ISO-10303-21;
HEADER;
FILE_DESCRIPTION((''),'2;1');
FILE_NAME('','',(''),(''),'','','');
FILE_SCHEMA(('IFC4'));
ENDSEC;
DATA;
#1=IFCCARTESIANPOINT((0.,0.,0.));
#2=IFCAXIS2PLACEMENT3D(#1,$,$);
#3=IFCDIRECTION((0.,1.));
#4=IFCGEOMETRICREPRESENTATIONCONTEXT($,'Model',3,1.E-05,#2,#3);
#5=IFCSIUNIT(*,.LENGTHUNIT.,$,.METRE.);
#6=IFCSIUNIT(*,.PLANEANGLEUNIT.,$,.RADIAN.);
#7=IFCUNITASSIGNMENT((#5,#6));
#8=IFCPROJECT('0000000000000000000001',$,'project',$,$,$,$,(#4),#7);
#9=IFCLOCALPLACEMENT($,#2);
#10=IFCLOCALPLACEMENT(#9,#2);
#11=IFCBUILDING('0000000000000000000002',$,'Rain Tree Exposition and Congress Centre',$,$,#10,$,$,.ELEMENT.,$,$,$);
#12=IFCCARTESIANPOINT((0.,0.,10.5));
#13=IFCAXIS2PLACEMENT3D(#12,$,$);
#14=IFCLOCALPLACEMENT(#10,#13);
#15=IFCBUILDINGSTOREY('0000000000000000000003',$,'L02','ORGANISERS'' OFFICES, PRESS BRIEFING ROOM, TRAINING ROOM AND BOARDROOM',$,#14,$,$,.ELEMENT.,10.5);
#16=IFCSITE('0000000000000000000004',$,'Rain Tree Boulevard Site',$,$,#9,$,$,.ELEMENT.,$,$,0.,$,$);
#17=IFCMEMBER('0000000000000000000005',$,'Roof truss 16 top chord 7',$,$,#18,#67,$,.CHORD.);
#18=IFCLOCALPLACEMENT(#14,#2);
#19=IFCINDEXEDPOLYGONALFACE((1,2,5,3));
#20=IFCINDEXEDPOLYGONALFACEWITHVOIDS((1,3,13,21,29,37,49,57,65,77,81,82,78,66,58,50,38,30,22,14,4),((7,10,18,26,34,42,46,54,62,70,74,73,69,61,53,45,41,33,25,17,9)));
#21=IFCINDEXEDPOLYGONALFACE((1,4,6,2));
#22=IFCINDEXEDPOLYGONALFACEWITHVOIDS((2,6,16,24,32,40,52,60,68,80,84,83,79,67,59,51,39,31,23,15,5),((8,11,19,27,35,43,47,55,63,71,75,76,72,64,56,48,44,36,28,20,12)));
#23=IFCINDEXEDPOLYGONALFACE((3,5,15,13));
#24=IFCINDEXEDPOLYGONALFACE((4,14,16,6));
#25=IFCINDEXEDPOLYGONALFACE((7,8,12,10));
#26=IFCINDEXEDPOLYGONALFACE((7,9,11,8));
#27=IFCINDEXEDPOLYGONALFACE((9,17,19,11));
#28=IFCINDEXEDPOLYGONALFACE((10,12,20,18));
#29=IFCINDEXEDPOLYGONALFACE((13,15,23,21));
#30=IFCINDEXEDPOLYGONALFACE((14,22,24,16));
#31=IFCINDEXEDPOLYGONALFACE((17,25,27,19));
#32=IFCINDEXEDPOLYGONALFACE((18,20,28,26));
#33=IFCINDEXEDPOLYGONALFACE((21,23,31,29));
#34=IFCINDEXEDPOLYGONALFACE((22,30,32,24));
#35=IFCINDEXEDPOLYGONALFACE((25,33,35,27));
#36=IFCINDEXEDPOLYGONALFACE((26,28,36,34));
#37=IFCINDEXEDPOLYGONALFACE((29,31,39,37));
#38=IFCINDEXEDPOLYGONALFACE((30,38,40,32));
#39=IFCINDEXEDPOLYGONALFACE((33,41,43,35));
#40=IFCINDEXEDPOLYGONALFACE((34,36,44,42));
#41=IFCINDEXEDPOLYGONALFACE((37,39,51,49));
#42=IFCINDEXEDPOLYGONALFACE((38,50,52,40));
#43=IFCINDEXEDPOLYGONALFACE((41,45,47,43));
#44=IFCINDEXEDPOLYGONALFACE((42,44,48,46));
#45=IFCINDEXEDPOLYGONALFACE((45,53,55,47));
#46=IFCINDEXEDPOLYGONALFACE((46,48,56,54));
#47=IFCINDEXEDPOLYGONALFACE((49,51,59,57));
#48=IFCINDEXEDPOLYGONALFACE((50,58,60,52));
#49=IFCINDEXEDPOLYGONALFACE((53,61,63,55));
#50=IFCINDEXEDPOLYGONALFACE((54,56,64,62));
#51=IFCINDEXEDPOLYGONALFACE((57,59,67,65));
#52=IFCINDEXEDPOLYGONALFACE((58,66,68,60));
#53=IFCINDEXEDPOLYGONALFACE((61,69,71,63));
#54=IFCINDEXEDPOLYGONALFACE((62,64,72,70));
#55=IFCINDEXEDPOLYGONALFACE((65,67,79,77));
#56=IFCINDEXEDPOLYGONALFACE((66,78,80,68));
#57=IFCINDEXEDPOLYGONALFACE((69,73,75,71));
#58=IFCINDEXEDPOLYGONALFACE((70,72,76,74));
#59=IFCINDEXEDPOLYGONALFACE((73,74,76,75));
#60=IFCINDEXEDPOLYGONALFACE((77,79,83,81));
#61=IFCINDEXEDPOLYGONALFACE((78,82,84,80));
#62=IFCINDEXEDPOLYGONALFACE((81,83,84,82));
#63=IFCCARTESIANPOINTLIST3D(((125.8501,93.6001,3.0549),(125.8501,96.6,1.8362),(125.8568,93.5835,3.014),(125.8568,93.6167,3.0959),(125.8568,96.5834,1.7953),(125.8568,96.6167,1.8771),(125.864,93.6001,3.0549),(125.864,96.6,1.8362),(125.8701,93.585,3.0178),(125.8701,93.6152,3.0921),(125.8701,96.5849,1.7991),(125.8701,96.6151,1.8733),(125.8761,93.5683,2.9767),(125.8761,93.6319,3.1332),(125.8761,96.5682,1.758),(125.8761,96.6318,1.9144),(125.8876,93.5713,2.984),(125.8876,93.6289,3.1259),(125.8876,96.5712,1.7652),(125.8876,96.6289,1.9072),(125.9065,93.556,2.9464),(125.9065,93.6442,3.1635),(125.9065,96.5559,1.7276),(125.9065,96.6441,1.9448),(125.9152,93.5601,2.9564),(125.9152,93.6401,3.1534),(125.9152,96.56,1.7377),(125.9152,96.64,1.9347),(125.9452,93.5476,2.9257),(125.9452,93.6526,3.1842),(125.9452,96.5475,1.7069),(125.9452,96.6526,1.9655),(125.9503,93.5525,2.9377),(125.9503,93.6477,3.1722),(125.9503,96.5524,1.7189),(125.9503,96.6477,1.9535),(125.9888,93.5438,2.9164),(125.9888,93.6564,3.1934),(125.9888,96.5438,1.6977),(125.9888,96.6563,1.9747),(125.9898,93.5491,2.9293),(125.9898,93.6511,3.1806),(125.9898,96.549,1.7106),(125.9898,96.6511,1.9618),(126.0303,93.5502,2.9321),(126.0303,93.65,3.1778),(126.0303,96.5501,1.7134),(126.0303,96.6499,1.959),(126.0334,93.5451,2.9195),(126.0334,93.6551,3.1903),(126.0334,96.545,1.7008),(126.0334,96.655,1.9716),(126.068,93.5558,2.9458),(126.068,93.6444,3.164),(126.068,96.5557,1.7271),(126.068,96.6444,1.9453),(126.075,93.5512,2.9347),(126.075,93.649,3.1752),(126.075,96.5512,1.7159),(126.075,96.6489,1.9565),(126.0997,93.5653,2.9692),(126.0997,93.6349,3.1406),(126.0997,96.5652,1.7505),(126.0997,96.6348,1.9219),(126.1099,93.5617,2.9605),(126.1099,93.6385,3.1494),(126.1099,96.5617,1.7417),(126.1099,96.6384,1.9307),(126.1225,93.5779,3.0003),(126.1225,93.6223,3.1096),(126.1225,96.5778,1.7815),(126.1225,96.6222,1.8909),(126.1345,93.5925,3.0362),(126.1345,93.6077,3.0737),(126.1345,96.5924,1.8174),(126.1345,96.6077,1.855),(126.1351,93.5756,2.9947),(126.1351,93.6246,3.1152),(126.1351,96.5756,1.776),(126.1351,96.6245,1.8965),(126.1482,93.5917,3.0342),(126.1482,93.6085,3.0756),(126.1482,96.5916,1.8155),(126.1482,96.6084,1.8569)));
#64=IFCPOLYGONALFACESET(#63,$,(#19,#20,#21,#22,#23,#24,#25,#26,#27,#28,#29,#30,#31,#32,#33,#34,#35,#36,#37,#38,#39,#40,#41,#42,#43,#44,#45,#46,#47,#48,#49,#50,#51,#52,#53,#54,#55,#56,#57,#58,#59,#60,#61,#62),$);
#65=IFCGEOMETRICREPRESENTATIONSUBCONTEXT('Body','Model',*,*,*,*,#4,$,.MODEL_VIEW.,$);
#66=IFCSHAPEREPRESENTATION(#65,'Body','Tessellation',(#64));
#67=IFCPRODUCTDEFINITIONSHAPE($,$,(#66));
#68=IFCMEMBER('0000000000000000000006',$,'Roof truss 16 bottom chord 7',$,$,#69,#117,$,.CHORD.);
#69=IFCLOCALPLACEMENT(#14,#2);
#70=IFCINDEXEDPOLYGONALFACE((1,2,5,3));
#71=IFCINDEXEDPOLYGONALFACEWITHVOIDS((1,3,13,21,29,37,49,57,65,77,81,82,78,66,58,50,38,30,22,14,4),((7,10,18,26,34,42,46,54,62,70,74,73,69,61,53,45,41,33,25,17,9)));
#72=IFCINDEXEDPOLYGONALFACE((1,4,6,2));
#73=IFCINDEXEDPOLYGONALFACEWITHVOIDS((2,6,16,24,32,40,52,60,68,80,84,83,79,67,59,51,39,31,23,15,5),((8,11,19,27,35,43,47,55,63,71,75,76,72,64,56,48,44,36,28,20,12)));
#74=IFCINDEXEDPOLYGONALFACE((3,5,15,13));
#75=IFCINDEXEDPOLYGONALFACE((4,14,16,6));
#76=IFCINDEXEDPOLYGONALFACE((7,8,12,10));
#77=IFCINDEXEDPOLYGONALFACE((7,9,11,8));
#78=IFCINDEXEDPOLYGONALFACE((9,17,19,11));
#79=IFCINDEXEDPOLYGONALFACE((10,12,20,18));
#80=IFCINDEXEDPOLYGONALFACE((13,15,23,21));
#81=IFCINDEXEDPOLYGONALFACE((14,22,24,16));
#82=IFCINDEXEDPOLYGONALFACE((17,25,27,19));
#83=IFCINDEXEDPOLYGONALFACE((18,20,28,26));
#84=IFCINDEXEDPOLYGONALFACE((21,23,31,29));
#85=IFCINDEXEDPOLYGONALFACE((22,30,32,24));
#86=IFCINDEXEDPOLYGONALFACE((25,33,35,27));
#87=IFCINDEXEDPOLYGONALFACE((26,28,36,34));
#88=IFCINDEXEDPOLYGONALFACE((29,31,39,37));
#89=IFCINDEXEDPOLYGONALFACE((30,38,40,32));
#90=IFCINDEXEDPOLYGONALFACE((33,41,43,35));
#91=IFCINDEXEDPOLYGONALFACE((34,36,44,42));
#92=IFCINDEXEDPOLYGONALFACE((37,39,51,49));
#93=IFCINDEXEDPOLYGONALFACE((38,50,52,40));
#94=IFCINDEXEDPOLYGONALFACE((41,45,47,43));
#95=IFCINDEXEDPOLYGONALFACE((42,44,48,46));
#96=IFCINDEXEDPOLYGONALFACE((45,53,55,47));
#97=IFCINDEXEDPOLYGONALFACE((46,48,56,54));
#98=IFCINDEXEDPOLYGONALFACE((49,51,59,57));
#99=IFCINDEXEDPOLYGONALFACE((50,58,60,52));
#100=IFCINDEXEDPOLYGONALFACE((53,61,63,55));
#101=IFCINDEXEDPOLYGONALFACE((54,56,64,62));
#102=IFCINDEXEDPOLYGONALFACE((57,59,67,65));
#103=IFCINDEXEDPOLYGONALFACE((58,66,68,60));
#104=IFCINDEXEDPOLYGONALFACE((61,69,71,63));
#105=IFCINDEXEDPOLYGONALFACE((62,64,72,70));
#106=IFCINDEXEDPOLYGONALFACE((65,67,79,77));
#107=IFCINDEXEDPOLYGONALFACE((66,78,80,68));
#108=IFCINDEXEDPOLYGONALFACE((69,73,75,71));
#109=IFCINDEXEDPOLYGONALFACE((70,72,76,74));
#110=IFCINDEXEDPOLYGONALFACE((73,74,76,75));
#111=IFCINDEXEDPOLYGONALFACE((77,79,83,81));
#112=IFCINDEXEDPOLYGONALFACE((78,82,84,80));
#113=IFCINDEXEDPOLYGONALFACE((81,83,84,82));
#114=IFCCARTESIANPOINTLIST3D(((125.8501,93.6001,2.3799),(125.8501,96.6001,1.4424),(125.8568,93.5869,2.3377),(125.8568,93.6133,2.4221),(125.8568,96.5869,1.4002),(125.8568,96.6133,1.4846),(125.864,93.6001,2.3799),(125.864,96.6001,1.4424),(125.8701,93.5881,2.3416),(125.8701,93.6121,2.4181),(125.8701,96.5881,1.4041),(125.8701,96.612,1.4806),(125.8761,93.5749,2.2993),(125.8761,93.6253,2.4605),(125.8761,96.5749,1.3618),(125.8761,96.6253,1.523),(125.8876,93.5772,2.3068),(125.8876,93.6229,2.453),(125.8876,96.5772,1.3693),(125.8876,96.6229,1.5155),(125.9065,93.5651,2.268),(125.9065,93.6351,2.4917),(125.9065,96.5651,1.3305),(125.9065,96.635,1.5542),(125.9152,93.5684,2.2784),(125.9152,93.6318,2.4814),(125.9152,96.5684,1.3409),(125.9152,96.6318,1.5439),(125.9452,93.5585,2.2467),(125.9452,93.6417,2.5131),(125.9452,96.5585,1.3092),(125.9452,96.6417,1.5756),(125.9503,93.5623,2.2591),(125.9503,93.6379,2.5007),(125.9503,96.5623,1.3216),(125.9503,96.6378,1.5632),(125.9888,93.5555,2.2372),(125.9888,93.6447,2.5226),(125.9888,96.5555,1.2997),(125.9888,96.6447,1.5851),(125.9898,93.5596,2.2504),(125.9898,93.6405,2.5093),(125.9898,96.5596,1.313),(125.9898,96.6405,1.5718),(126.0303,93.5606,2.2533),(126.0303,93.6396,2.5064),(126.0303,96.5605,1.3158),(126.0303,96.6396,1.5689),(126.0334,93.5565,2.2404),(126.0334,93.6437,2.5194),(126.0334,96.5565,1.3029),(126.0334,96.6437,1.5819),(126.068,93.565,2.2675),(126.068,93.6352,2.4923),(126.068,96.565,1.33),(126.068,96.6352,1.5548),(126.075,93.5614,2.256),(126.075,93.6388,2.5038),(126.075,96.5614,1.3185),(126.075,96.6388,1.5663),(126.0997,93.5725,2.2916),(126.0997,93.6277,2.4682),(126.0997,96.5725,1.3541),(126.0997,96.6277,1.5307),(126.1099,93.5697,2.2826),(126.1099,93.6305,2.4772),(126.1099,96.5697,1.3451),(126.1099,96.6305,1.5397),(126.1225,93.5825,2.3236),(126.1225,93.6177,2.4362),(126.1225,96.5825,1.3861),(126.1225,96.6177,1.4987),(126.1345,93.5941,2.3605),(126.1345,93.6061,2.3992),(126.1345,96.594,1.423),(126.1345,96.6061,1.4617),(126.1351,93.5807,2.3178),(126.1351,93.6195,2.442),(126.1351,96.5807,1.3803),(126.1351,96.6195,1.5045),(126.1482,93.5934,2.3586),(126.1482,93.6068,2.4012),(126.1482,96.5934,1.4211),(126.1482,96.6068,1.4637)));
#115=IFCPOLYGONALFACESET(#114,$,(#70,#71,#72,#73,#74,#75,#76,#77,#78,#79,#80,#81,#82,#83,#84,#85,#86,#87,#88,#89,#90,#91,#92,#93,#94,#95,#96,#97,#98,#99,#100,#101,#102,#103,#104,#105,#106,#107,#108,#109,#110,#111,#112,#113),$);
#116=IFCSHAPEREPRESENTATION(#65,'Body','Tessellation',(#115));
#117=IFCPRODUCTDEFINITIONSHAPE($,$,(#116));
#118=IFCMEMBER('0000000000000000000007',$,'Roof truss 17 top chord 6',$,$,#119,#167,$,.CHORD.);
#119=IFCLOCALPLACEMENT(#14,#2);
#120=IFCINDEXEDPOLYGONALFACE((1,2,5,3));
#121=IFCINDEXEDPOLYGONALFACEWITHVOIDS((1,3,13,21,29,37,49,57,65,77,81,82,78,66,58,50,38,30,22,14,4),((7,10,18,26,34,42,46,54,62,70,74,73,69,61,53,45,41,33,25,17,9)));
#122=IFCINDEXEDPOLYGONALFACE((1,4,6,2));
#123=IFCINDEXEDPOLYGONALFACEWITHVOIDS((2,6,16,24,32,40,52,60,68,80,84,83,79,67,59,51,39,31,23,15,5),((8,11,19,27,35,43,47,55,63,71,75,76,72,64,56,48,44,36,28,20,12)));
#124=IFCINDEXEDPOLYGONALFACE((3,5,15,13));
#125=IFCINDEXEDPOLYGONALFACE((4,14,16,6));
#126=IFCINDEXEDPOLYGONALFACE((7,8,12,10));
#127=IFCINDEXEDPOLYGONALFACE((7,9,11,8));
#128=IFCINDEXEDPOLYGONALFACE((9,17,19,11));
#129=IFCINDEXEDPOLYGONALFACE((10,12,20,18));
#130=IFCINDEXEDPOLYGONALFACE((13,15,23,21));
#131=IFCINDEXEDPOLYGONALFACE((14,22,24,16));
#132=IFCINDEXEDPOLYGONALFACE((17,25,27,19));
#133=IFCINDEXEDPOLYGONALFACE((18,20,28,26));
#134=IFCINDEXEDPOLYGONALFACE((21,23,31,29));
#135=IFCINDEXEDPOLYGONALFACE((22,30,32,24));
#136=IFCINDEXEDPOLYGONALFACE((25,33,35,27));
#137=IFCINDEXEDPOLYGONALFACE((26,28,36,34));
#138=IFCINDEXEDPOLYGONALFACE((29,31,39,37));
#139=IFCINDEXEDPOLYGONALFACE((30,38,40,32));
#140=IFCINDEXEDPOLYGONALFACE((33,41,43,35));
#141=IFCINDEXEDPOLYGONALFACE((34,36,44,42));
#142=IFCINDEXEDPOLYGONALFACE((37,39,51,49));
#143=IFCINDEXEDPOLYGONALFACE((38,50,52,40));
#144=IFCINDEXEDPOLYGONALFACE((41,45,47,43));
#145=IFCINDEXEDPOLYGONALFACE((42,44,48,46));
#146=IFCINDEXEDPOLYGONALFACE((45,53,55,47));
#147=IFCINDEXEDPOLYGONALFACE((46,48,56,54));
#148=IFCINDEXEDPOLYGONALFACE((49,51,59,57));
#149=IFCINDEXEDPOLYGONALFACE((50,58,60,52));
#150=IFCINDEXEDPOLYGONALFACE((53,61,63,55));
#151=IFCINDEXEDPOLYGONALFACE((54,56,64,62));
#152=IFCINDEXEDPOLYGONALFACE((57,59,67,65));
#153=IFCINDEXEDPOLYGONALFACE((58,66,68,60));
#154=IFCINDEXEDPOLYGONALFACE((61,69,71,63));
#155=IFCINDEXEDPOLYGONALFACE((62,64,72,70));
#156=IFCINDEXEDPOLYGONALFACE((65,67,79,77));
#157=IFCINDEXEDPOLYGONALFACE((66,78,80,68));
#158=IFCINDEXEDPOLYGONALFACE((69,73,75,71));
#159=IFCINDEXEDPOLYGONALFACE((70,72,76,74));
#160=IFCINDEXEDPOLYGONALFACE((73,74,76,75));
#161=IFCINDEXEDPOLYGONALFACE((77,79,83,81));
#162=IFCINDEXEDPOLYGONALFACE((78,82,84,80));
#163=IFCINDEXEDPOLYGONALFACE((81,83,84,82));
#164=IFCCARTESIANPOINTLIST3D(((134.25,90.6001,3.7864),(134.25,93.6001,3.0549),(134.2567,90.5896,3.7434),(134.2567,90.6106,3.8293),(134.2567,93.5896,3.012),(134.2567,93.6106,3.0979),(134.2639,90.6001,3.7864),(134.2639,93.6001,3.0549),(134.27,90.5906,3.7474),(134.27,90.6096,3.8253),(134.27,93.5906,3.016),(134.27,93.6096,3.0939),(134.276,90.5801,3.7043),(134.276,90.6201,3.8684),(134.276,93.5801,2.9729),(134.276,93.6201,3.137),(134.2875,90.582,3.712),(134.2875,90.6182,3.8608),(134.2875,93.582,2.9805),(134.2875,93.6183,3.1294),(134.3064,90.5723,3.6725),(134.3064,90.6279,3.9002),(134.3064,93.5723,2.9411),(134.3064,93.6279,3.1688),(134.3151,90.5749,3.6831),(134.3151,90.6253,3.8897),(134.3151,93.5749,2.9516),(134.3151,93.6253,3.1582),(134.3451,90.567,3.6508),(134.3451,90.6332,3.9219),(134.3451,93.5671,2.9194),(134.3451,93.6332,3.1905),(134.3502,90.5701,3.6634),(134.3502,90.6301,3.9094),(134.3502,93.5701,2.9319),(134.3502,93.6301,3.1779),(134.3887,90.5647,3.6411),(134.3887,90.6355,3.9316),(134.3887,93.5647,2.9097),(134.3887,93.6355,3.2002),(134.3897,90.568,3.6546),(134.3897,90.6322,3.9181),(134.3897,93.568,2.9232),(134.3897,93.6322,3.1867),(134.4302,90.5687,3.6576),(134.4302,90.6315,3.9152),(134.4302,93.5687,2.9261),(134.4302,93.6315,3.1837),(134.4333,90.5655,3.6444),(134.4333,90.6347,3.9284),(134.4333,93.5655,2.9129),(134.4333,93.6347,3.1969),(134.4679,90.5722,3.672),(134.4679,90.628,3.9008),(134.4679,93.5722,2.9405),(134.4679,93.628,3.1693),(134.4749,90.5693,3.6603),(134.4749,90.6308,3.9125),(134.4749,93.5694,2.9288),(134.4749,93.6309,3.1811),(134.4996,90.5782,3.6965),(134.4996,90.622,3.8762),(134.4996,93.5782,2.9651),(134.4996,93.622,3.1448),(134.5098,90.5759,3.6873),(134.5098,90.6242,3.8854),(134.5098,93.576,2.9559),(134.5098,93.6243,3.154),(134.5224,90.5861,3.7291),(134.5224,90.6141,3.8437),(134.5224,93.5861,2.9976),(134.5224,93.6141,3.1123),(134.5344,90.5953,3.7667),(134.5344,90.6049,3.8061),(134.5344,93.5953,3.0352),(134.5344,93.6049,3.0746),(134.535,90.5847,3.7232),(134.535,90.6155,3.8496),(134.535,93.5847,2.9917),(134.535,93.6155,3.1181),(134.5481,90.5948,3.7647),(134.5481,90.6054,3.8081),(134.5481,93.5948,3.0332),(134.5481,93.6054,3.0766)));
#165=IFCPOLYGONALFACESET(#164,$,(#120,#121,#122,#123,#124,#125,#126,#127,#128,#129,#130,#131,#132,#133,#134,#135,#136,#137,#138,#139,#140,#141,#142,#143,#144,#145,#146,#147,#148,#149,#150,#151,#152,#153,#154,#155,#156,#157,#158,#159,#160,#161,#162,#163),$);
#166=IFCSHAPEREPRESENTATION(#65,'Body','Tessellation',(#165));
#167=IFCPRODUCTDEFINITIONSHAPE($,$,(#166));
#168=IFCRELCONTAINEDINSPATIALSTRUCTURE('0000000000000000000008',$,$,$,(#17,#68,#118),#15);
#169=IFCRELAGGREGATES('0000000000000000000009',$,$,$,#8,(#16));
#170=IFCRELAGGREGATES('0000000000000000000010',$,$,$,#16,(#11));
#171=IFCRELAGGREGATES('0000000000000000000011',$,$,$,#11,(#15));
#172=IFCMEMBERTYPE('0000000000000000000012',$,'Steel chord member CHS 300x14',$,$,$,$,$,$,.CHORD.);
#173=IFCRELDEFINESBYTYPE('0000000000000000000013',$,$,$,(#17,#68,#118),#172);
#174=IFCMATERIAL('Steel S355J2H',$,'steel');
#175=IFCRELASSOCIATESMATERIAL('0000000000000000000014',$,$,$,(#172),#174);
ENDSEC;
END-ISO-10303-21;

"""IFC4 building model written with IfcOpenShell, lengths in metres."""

from ifc_helpers import new_model, si_unit, direction, frame, origin, origin_2d, place, context, subcontext, project, spatial, hollow_circle, extrude, material, material_profile, profile_set, type_object, element, save


model = new_model("IFC4")

# Units and contexts
model_context = context("Model", 3, precision=1e-05, world=origin(), true_north=direction((0.0, 1.0)))
body_context = subcontext(model_context, "Body", "Model", "MODEL_VIEW")
ifc_project = project(units=[si_unit("LENGTHUNIT", "METRE"), si_unit("PLANEANGLEUNIT", "RADIAN")], contexts=[model_context])

# Site, building, storey
site_placement = place(None, origin())
site = spatial("IfcSite", under=ifc_project, at=site_placement, Name="Rain Tree Boulevard Site", CompositionType="ELEMENT", RefElevation=0.0)
building_placement = place(site_placement, origin())
building = spatial("IfcBuilding", under=site, at=building_placement, Name="Rain Tree Exposition and Congress Centre", CompositionType="ELEMENT")
storey_placement = place(building_placement, frame((0.0, 0.0, 10.5)))
storey = spatial("IfcBuildingStorey", under=building, at=storey_placement, Name="L02", Description="ORGANISERS' OFFICES, PRESS BRIEFING ROOM, TRAINING ROOM AND BOARDROOM", CompositionType="ELEMENT", Elevation=10.5)

# Members
ifc_material_1 = material(Name="Steel S355J2H", Category="steel")
ifc_material_profile_1 = material_profile(ifc_material_1, hollow_circle(Radius=0.1499, WallThickness=0.0139, at=origin_2d()), Name="CHS 300x14")
ifc_profile_set_1 = profile_set([ifc_material_profile_1], Name="Steel S355J2H")
member_type_1 = type_object("IfcMemberType", Name="Steel chord member CHS 300x14", PredefinedType="CHORD", material=ifc_profile_set_1)
member_1_placement = place(storey_placement, frame((126.0, 93.6001, 3.0549), z_axis=(0.0, 0.926467, -0.376377), x_axis=(-1.0, 0.0, 0.0)))
element("IfcMember", 1, at=member_1_placement, inside=storey, type_object=member_type_1, Name="Roof truss 16 top chord 7", PredefinedType="CHORD", context=body_context, shape_type="SweptSolid", body=[
    extrude(hollow_circle(Radius=0.1499, WallThickness=0.0139, at=origin_2d()), origin(), (0.0, 0.0, 1.0), 3.238),
])
member_2_placement = place(storey_placement, frame((126.0, 93.6001, 2.3799), z_axis=(0.0, 0.95448, -0.298275), x_axis=(-1.0, 0.0, 0.0)))
element("IfcMember", 2, at=member_2_placement, inside=storey, type_object=member_type_1, Name="Roof truss 16 bottom chord 7", PredefinedType="CHORD", context=body_context, shape_type="SweptSolid", body=[
    extrude(hollow_circle(Radius=0.1499, WallThickness=0.0139, at=origin_2d()), origin(), (0.0, 0.0, 1.0), 3.1431),
])
member_3_placement = place(storey_placement, frame((134.3999, 90.6001, 3.7864), z_axis=(0.0, 0.97154, -0.236876), x_axis=(-1.0, 0.0, 0.0)))
element("IfcMember", 3, at=member_3_placement, inside=storey, type_object=member_type_1, Name="Roof truss 17 top chord 6", PredefinedType="CHORD", context=body_context, shape_type="SweptSolid", body=[
    extrude(hollow_circle(Radius=0.1499, WallThickness=0.0139, at=origin_2d()), origin(), (0.0, 0.0, 1.0), 3.0879),
])

save(model, "model.ifc")
